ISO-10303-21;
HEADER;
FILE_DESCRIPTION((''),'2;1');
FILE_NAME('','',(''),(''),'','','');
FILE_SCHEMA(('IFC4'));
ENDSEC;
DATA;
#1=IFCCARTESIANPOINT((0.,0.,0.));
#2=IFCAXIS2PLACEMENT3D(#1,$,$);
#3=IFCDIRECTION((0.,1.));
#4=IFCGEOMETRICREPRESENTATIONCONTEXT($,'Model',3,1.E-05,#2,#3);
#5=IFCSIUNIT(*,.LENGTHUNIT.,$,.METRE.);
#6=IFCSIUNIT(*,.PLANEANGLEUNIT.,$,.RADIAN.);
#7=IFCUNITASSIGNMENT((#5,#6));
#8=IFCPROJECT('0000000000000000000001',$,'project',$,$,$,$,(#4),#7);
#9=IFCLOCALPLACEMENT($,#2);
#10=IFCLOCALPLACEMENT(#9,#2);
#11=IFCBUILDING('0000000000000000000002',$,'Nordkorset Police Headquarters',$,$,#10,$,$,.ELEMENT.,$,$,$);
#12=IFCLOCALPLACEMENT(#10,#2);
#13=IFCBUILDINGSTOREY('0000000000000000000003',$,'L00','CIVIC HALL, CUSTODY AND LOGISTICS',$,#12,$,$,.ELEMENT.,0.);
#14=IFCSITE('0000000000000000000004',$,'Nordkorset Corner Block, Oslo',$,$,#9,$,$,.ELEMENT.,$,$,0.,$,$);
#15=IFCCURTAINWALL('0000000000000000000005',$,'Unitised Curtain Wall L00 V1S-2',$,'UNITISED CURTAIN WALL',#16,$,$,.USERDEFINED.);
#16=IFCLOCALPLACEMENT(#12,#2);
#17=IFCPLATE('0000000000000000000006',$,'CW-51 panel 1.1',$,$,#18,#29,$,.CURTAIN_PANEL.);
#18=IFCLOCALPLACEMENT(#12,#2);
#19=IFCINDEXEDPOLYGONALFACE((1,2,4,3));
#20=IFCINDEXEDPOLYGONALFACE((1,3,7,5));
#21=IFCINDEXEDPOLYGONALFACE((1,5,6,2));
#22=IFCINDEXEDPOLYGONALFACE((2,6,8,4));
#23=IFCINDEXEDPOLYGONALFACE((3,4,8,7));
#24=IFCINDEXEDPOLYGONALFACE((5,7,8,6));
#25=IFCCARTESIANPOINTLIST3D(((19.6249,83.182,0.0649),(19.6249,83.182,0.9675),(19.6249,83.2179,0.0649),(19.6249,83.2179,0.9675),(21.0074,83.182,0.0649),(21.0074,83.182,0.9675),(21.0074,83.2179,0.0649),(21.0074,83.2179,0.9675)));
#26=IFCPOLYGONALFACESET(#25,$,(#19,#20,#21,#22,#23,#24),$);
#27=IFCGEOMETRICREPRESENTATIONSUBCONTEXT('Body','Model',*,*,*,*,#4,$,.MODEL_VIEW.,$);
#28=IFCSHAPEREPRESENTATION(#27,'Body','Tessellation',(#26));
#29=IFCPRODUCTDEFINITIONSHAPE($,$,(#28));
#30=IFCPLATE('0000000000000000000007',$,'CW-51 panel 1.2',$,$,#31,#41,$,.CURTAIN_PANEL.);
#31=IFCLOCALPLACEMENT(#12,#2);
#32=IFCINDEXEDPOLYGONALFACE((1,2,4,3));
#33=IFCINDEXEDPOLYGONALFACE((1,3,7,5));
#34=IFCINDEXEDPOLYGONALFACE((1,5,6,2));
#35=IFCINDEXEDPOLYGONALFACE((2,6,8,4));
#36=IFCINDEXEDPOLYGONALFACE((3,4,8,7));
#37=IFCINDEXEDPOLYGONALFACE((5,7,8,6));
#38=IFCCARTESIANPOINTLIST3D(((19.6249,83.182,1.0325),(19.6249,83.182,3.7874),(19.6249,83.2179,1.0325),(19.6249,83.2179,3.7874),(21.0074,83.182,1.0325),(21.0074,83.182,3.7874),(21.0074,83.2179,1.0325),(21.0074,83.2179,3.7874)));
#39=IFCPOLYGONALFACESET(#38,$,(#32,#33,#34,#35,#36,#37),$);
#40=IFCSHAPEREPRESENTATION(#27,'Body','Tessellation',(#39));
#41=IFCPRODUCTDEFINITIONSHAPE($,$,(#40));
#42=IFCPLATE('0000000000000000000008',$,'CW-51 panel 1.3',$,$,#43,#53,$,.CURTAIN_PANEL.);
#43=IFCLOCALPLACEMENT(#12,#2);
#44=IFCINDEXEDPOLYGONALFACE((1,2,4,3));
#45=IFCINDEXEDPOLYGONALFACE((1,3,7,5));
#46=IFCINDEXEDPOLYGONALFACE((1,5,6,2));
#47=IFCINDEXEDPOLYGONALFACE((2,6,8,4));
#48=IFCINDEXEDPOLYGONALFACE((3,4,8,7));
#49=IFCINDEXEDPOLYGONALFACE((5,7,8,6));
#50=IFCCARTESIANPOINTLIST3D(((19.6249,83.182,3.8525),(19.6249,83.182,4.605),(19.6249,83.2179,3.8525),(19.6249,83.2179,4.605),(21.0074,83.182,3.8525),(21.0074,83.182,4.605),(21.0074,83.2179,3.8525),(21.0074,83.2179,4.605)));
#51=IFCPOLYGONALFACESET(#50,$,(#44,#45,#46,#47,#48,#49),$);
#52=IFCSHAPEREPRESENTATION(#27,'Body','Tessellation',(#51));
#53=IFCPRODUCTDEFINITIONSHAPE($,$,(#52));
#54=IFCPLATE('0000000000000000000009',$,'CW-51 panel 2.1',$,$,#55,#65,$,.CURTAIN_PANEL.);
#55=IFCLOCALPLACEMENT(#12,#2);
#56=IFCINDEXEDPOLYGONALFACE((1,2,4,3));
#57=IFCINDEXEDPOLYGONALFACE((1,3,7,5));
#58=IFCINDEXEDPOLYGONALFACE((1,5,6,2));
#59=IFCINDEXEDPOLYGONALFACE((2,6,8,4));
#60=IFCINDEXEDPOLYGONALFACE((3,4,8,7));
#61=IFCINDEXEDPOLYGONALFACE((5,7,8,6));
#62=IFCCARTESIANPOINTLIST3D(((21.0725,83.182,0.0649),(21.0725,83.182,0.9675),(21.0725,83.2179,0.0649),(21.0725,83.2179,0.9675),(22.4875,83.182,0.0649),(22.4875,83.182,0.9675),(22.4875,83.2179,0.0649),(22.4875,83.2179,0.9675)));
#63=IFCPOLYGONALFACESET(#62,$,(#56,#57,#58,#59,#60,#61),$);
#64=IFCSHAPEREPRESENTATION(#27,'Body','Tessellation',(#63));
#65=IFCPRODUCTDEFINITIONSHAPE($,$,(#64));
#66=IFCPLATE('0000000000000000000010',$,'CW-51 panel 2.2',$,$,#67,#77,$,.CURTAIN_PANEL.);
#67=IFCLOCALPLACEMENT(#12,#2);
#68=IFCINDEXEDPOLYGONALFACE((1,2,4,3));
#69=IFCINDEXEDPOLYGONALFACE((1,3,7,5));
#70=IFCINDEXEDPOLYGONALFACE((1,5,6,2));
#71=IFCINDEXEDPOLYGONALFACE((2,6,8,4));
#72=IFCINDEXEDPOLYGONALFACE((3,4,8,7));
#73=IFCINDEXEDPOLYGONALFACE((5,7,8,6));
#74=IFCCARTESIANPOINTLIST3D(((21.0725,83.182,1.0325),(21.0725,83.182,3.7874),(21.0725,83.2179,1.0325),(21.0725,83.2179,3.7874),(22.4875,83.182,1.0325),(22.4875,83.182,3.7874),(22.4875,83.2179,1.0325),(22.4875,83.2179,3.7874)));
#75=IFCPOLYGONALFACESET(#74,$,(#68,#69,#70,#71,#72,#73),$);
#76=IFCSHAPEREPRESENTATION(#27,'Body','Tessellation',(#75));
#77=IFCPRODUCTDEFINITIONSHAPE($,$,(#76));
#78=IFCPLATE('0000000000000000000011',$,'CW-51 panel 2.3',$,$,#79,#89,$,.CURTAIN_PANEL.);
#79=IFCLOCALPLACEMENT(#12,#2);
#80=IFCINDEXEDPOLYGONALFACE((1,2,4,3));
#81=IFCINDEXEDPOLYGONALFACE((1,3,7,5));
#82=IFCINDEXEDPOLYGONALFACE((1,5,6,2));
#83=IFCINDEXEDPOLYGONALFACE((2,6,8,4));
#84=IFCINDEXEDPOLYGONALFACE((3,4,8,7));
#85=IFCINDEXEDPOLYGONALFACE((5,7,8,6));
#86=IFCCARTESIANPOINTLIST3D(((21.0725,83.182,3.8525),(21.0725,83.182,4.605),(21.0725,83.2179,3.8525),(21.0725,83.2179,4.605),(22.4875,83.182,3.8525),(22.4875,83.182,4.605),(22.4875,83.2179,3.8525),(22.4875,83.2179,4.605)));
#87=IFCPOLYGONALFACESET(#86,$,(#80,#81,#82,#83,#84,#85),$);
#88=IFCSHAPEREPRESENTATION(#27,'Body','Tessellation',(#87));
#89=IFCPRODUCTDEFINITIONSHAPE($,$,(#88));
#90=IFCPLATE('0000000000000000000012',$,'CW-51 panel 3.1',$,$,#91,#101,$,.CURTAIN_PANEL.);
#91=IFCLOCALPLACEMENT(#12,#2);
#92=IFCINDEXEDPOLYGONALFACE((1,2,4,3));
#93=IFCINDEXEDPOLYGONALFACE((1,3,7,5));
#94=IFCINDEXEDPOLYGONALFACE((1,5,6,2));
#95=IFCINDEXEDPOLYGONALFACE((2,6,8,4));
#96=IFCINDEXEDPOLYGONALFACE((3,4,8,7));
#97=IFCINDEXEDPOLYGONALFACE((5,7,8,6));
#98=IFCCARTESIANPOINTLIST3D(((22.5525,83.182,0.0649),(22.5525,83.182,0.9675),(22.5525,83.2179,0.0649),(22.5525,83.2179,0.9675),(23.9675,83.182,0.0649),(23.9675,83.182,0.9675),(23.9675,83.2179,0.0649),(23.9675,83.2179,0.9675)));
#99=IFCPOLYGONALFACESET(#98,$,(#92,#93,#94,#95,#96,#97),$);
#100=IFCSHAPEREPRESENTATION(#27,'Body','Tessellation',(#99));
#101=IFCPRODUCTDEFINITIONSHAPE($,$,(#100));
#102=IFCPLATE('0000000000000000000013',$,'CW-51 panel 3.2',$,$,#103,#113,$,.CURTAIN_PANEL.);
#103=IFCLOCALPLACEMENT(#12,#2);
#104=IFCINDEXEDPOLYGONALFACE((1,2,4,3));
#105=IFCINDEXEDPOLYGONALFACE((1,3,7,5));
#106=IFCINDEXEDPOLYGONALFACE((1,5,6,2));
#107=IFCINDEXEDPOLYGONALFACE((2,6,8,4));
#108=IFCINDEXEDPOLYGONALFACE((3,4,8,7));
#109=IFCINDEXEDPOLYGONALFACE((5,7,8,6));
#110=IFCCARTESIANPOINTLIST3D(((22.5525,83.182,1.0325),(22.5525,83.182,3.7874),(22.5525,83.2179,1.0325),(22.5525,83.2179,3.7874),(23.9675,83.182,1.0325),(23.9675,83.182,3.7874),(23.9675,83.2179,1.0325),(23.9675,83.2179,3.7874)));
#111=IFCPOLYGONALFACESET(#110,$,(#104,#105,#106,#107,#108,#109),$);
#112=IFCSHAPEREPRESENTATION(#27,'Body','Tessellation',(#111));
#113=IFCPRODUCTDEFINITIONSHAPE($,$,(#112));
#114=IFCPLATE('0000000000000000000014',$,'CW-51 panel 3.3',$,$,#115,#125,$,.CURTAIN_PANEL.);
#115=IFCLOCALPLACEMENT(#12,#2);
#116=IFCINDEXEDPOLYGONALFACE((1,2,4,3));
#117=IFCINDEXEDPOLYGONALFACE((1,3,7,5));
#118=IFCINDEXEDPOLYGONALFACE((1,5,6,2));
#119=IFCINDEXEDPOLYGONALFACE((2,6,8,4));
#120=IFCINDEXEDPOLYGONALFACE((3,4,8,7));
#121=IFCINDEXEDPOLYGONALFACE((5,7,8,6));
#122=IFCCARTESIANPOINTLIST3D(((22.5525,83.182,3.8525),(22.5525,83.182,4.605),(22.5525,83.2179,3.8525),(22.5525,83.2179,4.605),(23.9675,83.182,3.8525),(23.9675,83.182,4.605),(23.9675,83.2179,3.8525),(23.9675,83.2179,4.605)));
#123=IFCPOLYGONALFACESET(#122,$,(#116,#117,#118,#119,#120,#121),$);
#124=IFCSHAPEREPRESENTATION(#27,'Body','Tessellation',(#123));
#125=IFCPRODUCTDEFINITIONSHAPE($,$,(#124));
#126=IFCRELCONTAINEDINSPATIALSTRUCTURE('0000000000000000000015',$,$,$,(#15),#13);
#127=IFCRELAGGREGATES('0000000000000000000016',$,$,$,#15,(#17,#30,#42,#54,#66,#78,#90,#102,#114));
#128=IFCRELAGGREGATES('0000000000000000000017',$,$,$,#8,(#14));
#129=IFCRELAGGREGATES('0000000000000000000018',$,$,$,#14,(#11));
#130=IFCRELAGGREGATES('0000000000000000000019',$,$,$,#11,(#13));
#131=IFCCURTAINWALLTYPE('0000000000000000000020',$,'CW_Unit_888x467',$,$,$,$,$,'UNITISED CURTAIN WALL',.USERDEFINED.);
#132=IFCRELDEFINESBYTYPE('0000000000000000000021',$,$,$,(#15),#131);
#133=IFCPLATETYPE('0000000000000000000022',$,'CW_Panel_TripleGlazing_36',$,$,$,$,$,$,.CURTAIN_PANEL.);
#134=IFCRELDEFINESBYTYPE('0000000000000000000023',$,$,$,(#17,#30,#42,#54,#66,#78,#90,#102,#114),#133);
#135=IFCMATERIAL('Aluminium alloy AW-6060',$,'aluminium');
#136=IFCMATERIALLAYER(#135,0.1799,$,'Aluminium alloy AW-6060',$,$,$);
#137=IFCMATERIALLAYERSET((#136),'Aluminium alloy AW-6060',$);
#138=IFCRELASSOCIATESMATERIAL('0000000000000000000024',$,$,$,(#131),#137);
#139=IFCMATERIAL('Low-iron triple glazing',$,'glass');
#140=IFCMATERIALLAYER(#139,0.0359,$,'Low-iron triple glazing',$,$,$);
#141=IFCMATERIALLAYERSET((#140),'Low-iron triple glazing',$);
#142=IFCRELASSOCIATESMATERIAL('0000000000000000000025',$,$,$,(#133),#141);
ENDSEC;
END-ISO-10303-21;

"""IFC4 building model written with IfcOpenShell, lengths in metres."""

from ifc_helpers import new_model, si_unit, direction, frame, origin, origin_2d, place, context, subcontext, project, spatial, rectangle, extrude, material, layer, layer_set, type_object, element, aggregate, save


model = new_model("IFC4")

# Units and contexts
model_context = context("Model", 3, precision=1e-05, world=origin(), true_north=direction((0.0, 1.0)))
body_context = subcontext(model_context, "Body", "Model", "MODEL_VIEW")
ifc_project = project(units=[si_unit("LENGTHUNIT", "METRE"), si_unit("PLANEANGLEUNIT", "RADIAN")], contexts=[model_context])

# Site, building, storey
site_placement = place(None, origin())
site = spatial("IfcSite", under=ifc_project, at=site_placement, Name="Nordkorset Corner Block, Oslo", CompositionType="ELEMENT", RefElevation=0.0)
building_placement = place(site_placement, origin())
building = spatial("IfcBuilding", under=site, at=building_placement, Name="Nordkorset Police Headquarters", CompositionType="ELEMENT")
storey_placement = place(building_placement, origin())
storey = spatial("IfcBuildingStorey", under=building, at=storey_placement, Name="L00", Description="CIVIC HALL, CUSTODY AND LOGISTICS", CompositionType="ELEMENT", Elevation=0.0)

# Curtain wall
ifc_material_1 = material(Name="Aluminium alloy AW-6060", Category="aluminium")
ifc_layer_1 = layer(ifc_material_1, 0.1799, Name="Aluminium alloy AW-6060")
ifc_layer_set_1 = layer_set([ifc_layer_1], Name="Aluminium alloy AW-6060")
curtain_wall_type = type_object("IfcCurtainWallType", Name="CW_Unit_888x467", ElementType="UNITISED CURTAIN WALL", PredefinedType="USERDEFINED", material=ifc_layer_set_1)
curtain_wall_placement = place(storey_placement, origin())
curtain_wall = element("IfcCurtainWall", 1, at=curtain_wall_placement, inside=storey, type_object=curtain_wall_type, Name="Unitised Curtain Wall L00 V1S-2", ObjectType="UNITISED CURTAIN WALL", PredefinedType="USERDEFINED")

# Plates
ifc_material_2 = material(Name="Low-iron triple glazing", Category="glass")
ifc_layer_2 = layer(ifc_material_2, 0.0359, Name="Low-iron triple glazing")
ifc_layer_set_2 = layer_set([ifc_layer_2], Name="Low-iron triple glazing")
plate_type = type_object("IfcPlateType", Name="CW_Panel_TripleGlazing_36", PredefinedType="CURTAIN_PANEL", material=ifc_layer_set_2)
plate_1_placement = place(storey_placement, frame((20.3162, 83.2, 0.0649), z_axis=(0.0, 0.0, 1.0), x_axis=(1.0, 0.0, 0.0)))
plate_1 = element("IfcPlate", 2, at=plate_1_placement, type_object=plate_type, Name="CW-51 panel 1.1", PredefinedType="CURTAIN_PANEL", context=body_context, shape_type="SweptSolid", body=[
    extrude(rectangle(XDim=1.3826, YDim=0.0359, at=origin_2d()), origin(), (0.0, 0.0, 1.0), 0.9026),
])
plate_2_placement = place(storey_placement, frame((20.3162, 83.2, 1.0325), z_axis=(0.0, 0.0, 1.0), x_axis=(1.0, 0.0, 0.0)))
plate_2 = element("IfcPlate", 3, at=plate_2_placement, type_object=plate_type, Name="CW-51 panel 1.2", PredefinedType="CURTAIN_PANEL", context=body_context, shape_type="SweptSolid", body=[
    extrude(rectangle(XDim=1.3826, YDim=0.0359, at=origin_2d()), origin(), (0.0, 0.0, 1.0), 2.7549),
])
plate_3_placement = place(storey_placement, frame((20.3162, 83.2, 3.8525), z_axis=(0.0, 0.0, 1.0), x_axis=(1.0, 0.0, 0.0)))
plate_3 = element("IfcPlate", 4, at=plate_3_placement, type_object=plate_type, Name="CW-51 panel 1.3", PredefinedType="CURTAIN_PANEL", context=body_context, shape_type="SweptSolid", body=[
    extrude(rectangle(XDim=1.3826, YDim=0.0359, at=origin_2d()), origin(), (0.0, 0.0, 1.0), 0.7524),
])
plate_4_placement = place(storey_placement, frame((21.78, 83.2, 0.0649), z_axis=(0.0, 0.0, 1.0), x_axis=(1.0, 0.0, 0.0)))
plate_4 = element("IfcPlate", 5, at=plate_4_placement, type_object=plate_type, Name="CW-51 panel 2.1", PredefinedType="CURTAIN_PANEL", context=body_context, shape_type="SweptSolid", body=[
    extrude(rectangle(XDim=1.415, YDim=0.0359, at=origin_2d()), origin(), (0.0, 0.0, 1.0), 0.9026),
])
plate_5_placement = place(storey_placement, frame((21.78, 83.2, 1.0325), z_axis=(0.0, 0.0, 1.0), x_axis=(1.0, 0.0, 0.0)))
plate_5 = element("IfcPlate", 6, at=plate_5_placement, type_object=plate_type, Name="CW-51 panel 2.2", PredefinedType="CURTAIN_PANEL", context=body_context, shape_type="SweptSolid", body=[
    extrude(rectangle(XDim=1.415, YDim=0.0359, at=origin_2d()), origin(), (0.0, 0.0, 1.0), 2.7549),
])
plate_6_placement = place(storey_placement, frame((21.78, 83.2, 3.8525), z_axis=(0.0, 0.0, 1.0), x_axis=(1.0, 0.0, 0.0)))
plate_6 = element("IfcPlate", 7, at=plate_6_placement, type_object=plate_type, Name="CW-51 panel 2.3", PredefinedType="CURTAIN_PANEL", context=body_context, shape_type="SweptSolid", body=[
    extrude(rectangle(XDim=1.415, YDim=0.0359, at=origin_2d()), origin(), (0.0, 0.0, 1.0), 0.7524),
])
plate_7_placement = place(storey_placement, frame((23.26, 83.2, 0.0649), z_axis=(0.0, 0.0, 1.0), x_axis=(1.0, 0.0, 0.0)))
plate_7 = element("IfcPlate", 8, at=plate_7_placement, type_object=plate_type, Name="CW-51 panel 3.1", PredefinedType="CURTAIN_PANEL", context=body_context, shape_type="SweptSolid", body=[
    extrude(rectangle(XDim=1.415, YDim=0.0359, at=origin_2d()), origin(), (0.0, 0.0, 1.0), 0.9026),
])
plate_8_placement = place(storey_placement, frame((23.26, 83.2, 1.0325), z_axis=(0.0, 0.0, 1.0), x_axis=(1.0, 0.0, 0.0)))
plate_8 = element("IfcPlate", 9, at=plate_8_placement, type_object=plate_type, Name="CW-51 panel 3.2", PredefinedType="CURTAIN_PANEL", context=body_context, shape_type="SweptSolid", body=[
    extrude(rectangle(XDim=1.415, YDim=0.0359, at=origin_2d()), origin(), (0.0, 0.0, 1.0), 2.7549),
])
plate_9_placement = place(storey_placement, frame((23.26, 83.2, 3.8525), z_axis=(0.0, 0.0, 1.0), x_axis=(1.0, 0.0, 0.0)))
plate_9 = element("IfcPlate", 10, at=plate_9_placement, type_object=plate_type, Name="CW-51 panel 3.3", PredefinedType="CURTAIN_PANEL", context=body_context, shape_type="SweptSolid", body=[
    extrude(rectangle(XDim=1.415, YDim=0.0359, at=origin_2d()), origin(), (0.0, 0.0, 1.0), 0.7524),
])
aggregate(curtain_wall, [plate_1, plate_2, plate_3, plate_4, plate_5, plate_6, plate_7, plate_8, plate_9])

save(model, "model.ifc")
